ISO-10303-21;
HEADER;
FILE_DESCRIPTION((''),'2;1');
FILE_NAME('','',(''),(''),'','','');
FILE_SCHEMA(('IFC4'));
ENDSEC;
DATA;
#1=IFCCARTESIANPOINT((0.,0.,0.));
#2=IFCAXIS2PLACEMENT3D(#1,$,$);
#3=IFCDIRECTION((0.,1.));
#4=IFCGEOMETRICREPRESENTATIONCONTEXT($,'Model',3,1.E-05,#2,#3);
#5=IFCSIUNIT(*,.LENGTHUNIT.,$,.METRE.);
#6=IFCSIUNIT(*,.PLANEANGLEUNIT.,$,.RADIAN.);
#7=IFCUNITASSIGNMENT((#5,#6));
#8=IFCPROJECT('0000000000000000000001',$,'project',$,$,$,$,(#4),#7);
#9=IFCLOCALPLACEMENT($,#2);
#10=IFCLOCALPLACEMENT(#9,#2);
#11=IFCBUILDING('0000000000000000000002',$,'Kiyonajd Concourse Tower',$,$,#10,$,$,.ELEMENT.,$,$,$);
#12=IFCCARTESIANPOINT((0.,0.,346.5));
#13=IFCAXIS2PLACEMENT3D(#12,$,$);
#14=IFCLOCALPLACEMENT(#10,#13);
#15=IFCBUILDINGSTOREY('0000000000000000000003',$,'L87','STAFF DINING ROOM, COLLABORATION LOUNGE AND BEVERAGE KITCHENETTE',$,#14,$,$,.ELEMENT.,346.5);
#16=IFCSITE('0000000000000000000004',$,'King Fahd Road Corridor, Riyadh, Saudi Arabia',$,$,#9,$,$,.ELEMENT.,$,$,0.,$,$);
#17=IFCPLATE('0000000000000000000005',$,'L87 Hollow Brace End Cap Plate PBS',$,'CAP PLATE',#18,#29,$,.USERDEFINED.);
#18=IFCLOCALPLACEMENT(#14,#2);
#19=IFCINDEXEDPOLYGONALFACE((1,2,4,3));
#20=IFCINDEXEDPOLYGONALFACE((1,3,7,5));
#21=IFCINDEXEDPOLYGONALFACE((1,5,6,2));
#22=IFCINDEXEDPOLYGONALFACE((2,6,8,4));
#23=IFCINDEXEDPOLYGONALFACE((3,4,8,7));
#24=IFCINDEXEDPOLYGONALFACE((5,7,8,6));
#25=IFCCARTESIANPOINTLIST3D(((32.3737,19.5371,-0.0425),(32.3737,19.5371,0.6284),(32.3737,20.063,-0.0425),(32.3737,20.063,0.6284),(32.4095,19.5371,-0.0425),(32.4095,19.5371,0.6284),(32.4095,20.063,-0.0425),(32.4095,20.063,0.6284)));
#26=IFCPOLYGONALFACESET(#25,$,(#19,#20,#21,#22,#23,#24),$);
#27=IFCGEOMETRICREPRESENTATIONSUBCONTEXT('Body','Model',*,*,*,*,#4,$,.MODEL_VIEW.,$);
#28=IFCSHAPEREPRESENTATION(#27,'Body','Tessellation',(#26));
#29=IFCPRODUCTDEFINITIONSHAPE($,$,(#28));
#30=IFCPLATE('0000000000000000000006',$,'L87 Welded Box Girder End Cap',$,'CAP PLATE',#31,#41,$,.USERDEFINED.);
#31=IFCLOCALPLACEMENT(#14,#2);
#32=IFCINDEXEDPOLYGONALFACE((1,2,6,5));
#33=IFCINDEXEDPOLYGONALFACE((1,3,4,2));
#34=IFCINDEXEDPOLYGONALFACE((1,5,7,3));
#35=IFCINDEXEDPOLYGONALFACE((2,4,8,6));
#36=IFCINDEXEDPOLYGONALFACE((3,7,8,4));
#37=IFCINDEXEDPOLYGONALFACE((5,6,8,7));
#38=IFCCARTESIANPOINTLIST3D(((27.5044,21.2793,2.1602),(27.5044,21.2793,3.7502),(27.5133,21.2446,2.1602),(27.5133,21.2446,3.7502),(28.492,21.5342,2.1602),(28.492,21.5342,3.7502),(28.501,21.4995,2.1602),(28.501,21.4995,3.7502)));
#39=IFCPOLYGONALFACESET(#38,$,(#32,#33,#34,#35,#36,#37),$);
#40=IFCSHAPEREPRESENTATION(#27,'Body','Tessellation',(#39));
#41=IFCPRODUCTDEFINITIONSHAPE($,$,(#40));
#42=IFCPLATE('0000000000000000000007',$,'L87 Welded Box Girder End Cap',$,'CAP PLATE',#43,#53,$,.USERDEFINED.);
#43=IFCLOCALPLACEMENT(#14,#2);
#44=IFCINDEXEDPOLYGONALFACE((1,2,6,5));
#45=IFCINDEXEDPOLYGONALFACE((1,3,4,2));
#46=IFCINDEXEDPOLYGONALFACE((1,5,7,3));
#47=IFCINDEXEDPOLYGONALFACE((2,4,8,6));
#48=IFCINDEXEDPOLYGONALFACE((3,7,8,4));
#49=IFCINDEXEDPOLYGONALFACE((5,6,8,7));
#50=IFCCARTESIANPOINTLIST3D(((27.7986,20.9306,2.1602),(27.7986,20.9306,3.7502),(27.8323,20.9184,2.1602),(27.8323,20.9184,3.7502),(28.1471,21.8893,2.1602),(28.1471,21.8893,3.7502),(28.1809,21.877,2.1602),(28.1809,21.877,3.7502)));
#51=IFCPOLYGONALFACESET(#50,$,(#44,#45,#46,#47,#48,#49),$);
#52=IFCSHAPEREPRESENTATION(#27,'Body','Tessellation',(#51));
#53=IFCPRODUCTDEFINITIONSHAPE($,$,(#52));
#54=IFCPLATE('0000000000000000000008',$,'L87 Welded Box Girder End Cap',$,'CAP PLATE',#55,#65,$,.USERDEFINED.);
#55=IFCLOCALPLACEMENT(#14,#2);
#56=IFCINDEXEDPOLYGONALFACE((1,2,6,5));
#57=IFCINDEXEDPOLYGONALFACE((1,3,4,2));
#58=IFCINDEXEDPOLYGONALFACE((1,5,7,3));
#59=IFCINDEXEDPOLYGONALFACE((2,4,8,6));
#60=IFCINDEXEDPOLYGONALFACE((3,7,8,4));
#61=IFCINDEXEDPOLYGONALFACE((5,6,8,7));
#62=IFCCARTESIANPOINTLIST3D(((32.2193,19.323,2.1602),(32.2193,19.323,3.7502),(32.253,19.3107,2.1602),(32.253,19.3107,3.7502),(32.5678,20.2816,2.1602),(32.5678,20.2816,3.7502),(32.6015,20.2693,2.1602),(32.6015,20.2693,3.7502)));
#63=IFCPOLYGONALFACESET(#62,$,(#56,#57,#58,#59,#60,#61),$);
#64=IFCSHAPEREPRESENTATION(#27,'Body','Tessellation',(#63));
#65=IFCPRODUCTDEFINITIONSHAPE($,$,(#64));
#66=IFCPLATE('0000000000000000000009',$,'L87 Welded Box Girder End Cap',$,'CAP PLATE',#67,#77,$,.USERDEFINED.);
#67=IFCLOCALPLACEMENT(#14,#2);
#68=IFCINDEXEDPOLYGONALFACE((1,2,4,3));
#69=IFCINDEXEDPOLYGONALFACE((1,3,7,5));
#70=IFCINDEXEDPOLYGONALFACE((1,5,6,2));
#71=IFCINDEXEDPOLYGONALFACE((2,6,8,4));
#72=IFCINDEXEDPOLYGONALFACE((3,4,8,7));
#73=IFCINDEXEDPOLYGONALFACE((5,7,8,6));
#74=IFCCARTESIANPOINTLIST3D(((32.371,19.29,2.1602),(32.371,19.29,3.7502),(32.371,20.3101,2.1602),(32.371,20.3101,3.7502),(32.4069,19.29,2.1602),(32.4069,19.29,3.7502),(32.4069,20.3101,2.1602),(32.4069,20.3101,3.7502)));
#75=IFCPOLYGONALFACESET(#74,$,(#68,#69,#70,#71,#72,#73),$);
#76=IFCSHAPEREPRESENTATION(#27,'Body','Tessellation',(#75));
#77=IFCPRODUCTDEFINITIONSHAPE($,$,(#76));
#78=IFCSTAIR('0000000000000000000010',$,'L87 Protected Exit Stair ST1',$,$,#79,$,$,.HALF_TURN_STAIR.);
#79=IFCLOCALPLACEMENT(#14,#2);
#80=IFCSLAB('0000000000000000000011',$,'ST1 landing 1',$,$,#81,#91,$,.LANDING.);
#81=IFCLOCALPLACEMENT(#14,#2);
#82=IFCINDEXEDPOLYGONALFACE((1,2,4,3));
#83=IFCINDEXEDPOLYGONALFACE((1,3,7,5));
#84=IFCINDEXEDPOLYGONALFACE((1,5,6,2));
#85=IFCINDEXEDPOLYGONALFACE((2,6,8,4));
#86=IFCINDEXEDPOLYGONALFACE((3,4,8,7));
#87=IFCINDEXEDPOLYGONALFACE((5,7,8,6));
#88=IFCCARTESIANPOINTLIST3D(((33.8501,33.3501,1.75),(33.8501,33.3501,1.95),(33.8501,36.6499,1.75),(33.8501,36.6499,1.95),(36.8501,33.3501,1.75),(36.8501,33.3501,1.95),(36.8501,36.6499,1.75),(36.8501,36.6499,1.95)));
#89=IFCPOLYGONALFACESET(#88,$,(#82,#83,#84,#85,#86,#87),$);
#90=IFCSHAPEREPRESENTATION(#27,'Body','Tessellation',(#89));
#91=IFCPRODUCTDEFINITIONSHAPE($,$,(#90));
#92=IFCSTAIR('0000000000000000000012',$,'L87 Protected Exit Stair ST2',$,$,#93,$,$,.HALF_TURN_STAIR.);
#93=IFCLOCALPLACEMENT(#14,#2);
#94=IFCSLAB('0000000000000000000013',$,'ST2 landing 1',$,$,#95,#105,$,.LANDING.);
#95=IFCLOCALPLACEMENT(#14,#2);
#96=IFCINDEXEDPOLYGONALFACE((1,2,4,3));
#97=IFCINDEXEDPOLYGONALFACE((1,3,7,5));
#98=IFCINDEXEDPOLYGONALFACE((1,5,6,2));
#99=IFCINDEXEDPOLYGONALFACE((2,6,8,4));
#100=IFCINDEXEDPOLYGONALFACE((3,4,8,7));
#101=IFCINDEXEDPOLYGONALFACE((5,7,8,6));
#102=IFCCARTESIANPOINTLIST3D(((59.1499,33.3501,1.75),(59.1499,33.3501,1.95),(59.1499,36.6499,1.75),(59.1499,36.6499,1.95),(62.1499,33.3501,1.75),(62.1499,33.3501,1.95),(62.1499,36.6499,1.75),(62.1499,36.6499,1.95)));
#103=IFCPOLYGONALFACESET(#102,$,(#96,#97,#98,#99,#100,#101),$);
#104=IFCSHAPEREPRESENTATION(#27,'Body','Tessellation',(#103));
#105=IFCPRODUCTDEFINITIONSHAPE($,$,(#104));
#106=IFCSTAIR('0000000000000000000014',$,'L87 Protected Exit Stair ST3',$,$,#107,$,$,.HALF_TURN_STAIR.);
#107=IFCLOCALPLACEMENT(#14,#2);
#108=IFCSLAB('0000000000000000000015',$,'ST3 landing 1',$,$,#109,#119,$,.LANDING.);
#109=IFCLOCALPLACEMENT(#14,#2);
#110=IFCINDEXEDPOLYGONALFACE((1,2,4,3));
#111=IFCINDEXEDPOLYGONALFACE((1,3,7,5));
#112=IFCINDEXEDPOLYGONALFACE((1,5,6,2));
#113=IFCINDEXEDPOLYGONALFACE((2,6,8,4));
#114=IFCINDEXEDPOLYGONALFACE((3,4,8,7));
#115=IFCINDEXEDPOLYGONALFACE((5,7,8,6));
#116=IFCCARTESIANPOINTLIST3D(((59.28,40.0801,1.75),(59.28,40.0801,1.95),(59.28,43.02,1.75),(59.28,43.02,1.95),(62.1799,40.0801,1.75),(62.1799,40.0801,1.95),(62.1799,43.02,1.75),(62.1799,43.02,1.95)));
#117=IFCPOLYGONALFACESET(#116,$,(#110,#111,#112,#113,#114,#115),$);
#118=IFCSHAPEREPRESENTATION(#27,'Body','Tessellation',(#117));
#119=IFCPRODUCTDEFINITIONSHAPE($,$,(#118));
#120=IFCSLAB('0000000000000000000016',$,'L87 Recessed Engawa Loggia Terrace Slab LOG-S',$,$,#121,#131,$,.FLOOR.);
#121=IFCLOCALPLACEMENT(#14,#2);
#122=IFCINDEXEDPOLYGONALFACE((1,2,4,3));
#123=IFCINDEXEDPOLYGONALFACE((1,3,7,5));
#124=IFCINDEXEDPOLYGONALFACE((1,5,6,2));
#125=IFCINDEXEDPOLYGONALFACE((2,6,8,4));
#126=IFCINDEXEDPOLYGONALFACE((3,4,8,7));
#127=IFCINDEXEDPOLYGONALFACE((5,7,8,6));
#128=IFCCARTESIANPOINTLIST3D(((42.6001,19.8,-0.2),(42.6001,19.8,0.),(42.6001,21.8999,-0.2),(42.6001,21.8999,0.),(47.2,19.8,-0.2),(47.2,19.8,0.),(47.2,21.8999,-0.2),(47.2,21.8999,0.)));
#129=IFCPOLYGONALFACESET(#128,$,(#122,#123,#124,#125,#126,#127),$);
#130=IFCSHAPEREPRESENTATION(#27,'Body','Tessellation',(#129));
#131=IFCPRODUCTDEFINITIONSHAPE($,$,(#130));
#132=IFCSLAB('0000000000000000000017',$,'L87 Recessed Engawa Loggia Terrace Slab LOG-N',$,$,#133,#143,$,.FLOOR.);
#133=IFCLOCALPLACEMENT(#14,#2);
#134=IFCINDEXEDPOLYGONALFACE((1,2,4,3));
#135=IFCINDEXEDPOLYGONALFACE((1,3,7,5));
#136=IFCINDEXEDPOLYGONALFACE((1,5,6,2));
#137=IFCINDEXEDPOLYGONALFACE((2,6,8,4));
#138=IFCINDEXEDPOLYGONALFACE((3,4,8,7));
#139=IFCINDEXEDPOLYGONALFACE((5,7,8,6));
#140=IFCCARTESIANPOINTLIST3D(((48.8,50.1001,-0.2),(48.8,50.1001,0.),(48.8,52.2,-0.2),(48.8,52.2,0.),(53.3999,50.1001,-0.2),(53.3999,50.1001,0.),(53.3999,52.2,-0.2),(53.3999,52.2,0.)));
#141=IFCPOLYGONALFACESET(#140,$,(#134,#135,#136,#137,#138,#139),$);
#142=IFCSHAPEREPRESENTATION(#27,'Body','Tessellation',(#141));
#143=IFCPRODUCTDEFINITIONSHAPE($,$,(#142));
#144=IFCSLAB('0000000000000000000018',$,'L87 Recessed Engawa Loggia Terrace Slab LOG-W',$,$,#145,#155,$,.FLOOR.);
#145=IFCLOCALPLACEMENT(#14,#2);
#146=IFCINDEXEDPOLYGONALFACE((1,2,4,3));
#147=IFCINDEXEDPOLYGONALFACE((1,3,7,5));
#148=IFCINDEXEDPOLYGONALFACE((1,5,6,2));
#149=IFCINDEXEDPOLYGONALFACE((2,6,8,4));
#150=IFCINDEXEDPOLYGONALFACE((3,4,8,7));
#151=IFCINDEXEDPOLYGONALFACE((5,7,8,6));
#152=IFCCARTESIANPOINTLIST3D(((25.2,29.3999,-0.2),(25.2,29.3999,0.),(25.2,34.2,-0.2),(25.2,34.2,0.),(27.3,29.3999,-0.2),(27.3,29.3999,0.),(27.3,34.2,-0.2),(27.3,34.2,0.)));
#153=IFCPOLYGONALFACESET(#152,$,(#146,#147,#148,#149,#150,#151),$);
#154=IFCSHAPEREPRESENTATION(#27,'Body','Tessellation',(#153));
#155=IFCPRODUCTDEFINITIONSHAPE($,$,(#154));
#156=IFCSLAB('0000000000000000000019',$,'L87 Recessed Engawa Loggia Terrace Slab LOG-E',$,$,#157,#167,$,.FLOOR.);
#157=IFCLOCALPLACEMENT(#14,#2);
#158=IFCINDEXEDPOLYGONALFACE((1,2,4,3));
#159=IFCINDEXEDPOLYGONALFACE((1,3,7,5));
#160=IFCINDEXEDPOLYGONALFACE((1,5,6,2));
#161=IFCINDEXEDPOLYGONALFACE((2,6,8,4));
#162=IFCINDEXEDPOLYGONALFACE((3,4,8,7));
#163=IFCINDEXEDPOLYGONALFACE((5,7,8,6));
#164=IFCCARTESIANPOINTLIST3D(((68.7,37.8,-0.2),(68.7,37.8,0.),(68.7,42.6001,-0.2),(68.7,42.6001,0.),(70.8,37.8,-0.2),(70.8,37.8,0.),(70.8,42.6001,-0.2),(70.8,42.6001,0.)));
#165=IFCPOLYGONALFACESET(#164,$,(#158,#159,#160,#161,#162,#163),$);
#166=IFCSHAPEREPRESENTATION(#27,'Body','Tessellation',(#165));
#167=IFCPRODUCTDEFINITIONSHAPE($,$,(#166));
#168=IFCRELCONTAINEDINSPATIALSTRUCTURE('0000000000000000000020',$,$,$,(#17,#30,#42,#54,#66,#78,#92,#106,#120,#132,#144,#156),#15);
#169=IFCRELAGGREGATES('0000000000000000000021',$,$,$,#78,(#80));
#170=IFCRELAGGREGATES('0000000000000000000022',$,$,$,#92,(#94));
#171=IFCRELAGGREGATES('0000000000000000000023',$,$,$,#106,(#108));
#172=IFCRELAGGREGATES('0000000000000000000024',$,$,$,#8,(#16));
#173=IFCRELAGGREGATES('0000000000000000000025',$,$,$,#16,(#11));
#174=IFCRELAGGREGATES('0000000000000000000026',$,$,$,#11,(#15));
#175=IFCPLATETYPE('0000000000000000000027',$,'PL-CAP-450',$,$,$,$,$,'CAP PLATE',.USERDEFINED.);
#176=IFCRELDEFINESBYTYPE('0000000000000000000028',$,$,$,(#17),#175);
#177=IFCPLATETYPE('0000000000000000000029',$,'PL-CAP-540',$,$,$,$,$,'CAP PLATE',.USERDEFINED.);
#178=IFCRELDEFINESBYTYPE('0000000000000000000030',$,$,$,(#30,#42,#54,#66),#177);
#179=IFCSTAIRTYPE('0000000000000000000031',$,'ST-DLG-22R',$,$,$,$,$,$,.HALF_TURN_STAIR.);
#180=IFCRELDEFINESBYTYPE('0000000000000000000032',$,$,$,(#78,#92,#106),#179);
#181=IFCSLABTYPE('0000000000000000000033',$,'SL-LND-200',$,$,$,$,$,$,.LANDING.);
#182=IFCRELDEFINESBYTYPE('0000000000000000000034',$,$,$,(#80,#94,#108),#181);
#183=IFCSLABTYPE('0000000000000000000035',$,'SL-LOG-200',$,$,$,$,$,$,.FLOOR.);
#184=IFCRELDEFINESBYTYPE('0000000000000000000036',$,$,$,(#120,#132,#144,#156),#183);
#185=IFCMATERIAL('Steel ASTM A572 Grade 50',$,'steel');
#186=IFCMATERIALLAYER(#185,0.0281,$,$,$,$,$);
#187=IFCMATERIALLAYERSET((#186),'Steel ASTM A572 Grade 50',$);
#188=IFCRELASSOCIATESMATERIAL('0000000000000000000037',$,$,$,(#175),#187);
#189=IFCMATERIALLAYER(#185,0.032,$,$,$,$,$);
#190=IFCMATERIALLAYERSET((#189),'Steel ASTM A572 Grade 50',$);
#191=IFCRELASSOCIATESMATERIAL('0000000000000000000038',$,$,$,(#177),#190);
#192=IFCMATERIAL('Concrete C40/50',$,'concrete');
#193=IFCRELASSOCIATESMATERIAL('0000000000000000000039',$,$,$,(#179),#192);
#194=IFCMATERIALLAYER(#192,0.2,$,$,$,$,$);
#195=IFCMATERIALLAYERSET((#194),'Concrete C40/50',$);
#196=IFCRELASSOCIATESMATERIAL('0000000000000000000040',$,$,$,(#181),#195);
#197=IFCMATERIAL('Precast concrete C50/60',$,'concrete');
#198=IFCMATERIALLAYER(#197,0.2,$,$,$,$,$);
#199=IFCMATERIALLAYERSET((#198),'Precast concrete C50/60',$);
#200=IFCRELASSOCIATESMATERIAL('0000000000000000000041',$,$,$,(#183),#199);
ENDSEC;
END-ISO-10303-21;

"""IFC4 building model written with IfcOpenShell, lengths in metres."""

from ifc_helpers import new_model, si_unit, direction, frame, origin, origin_2d, place, context, subcontext, project, spatial, polyline, rectangle, outline, extrude, material, layer, layer_set, type_object, element, aggregate, save


model = new_model("IFC4")

# Units and contexts
model_context = context("Model", 3, precision=1e-05, world=origin(), true_north=direction((0.0, 1.0)))
body_context = subcontext(model_context, "Body", "Model", "MODEL_VIEW")
ifc_project = project(units=[si_unit("LENGTHUNIT", "METRE"), si_unit("PLANEANGLEUNIT", "RADIAN")], contexts=[model_context])

# Site, building, storey
site_placement = place(None, origin())
site = spatial("IfcSite", under=ifc_project, at=site_placement, Name="King Fahd Road Corridor, Riyadh, Saudi Arabia", CompositionType="ELEMENT", RefElevation=0.0)
building_placement = place(site_placement, origin())
building = spatial("IfcBuilding", under=site, at=building_placement, Name="Kiyonajd Concourse Tower", CompositionType="ELEMENT")
storey_placement = place(building_placement, frame((0.0, 0.0, 346.5)))
storey = spatial("IfcBuildingStorey", under=building, at=storey_placement, Name="L87", Description="STAFF DINING ROOM, COLLABORATION LOUNGE AND BEVERAGE KITCHENETTE", CompositionType="ELEMENT", Elevation=346.5)

# Shared definitions
ifc_material_1 = material(Name="Steel ASTM A572 Grade 50", Category="steel")

# Plates
ifc_layer_1 = layer(ifc_material_1, 0.0281)
ifc_layer_set_1 = layer_set([ifc_layer_1], Name="Steel ASTM A572 Grade 50")
plate_type_1 = type_object("IfcPlateType", Name="PL-CAP-450", ElementType="CAP PLATE", PredefinedType="USERDEFINED", material=ifc_layer_set_1)
plate_placement = place(storey_placement, frame((32.3916, 19.8, -0.0425), z_axis=(0.0, 0.0, 1.0), x_axis=(-1.0, 0.0, 0.0)))
element("IfcPlate", 1, at=plate_placement, inside=storey, type_object=plate_type_1, Name="L87 Hollow Brace End Cap Plate PBS", ObjectType="CAP PLATE", PredefinedType="USERDEFINED", context=body_context, shape_type="SweptSolid", body=[
    extrude(rectangle(XDim=0.0359, YDim=0.5259, at=origin_2d()), origin(), (0.0, 0.0, 1.0), 0.6709),
])
ifc_layer_2 = layer(ifc_material_1, 0.032)
ifc_layer_set_2 = layer_set([ifc_layer_2], Name="Steel ASTM A572 Grade 50")
plate_type_2 = type_object("IfcPlateType", Name="PL-CAP-540", ElementType="CAP PLATE", PredefinedType="USERDEFINED", material=ifc_layer_set_2)
for number, where, z_axis, x_axis, name in (
    (2, (28.0027, 21.3894, 2.1602), (0.0, 0.0, 1.0), (0.249873, -0.968279, 0.0), "L87 Welded Box Girder End Cap"),
    (3, (27.9897, 21.4038, 2.1602), (0.0, 0.0, 1.0), (-0.939812, 0.341692, 0.0), "L87 Welded Box Girder End Cap"),
    (4, (32.4104, 19.7961, 2.1602), (0.0, 0.0, 1.0), (0.939812, -0.341692, 0.0), "L87 Welded Box Girder End Cap"),
    (5, (32.3889, 19.8, 2.1602), (0.0, 0.0, 1.0), (-1.0, 0.0, 0.0), "L87 Welded Box Girder End Cap"),
):
    element("IfcPlate", number, at=place(storey_placement, frame(where, z_axis=z_axis, x_axis=x_axis)), inside=storey, type_object=plate_type_2, Name=name, ObjectType="CAP PLATE", PredefinedType="USERDEFINED", context=body_context, shape_type="SweptSolid", body=[
        extrude(rectangle(XDim=0.0359, YDim=1.02, at=origin_2d()), origin(), (0.0, 0.0, 1.0), 1.5901),
    ])

# Stairs, slabs
ifc_material_2 = material(Name="Concrete C40/50", Category="concrete")
stair_type = type_object("IfcStairType", Name="ST-DLG-22R", PredefinedType="HALF_TURN_STAIR", material=ifc_material_2)
stair_1_placement = place(storey_placement, origin())
stair_1 = element("IfcStair", 6, at=stair_1_placement, inside=storey, type_object=stair_type, Name="L87 Protected Exit Stair ST1", PredefinedType="HALF_TURN_STAIR")
ifc_layer_3 = layer(ifc_material_2, 0.2)
ifc_layer_set_3 = layer_set([ifc_layer_3], Name="Concrete C40/50")
slab_type_1 = type_object("IfcSlabType", Name="SL-LND-200", PredefinedType="LANDING", material=ifc_layer_set_3)
slab_1_placement = place(storey_placement, frame((0.0, 0.0, 1.75)))
slab_1 = element("IfcSlab", 7, at=slab_1_placement, type_object=slab_type_1, Name="ST1 landing 1", PredefinedType="LANDING", context=body_context, shape_type="SweptSolid", body=[
    extrude(outline(polyline([(36.8501, 33.3501), (36.8501, 36.6499), (33.8501, 36.6499), (33.8501, 33.3501), (36.8501, 33.3501)])), origin(), (0.0, 0.0, 1.0), 0.2),
])
aggregate(stair_1, [slab_1])
stair_2_placement = place(storey_placement, origin())
stair_2 = element("IfcStair", 8, at=stair_2_placement, inside=storey, type_object=stair_type, Name="L87 Protected Exit Stair ST2", PredefinedType="HALF_TURN_STAIR")
slab_2_placement = place(storey_placement, frame((0.0, 0.0, 1.75)))
slab_2 = element("IfcSlab", 9, at=slab_2_placement, type_object=slab_type_1, Name="ST2 landing 1", PredefinedType="LANDING", context=body_context, shape_type="SweptSolid", body=[
    extrude(outline(polyline([(62.1499, 33.3501), (62.1499, 36.6499), (59.1499, 36.6499), (59.1499, 33.3501), (62.1499, 33.3501)])), origin(), (0.0, 0.0, 1.0), 0.2),
])
aggregate(stair_2, [slab_2])
stair_3_placement = place(storey_placement, origin())
stair_3 = element("IfcStair", 10, at=stair_3_placement, inside=storey, type_object=stair_type, Name="L87 Protected Exit Stair ST3", PredefinedType="HALF_TURN_STAIR")
slab_3_placement = place(storey_placement, frame((0.0, 0.0, 1.75)))
slab_3 = element("IfcSlab", 11, at=slab_3_placement, type_object=slab_type_1, Name="ST3 landing 1", PredefinedType="LANDING", context=body_context, shape_type="SweptSolid", body=[
    extrude(outline(polyline([(59.28, 40.0801), (62.1799, 40.0801), (62.1799, 43.02), (59.28, 43.02), (59.28, 40.0801)])), origin(), (0.0, 0.0, 1.0), 0.2),
])
aggregate(stair_3, [slab_3])

# Slabs
ifc_material_3 = material(Name="Precast concrete C50/60", Category="concrete")
ifc_layer_4 = layer(ifc_material_3, 0.2)
ifc_layer_set_4 = layer_set([ifc_layer_4], Name="Precast concrete C50/60")
slab_type_2 = type_object("IfcSlabType", Name="SL-LOG-200", PredefinedType="FLOOR", material=ifc_layer_set_4)
slab_4_placement = place(storey_placement, frame((0.0, 0.0, -0.2)))
element("IfcSlab", 12, at=slab_4_placement, inside=storey, type_object=slab_type_2, Name="L87 Recessed Engawa Loggia Terrace Slab LOG-S", PredefinedType="FLOOR", context=body_context, shape_type="SweptSolid", body=[
    extrude(outline(polyline([(42.6001, 19.8), (47.2, 19.8), (47.2, 21.8999), (42.6001, 21.8999), (42.6001, 19.8)])), origin(), (0.0, 0.0, 1.0), 0.2),
])
slab_5_placement = place(storey_placement, frame((0.0, 0.0, -0.2)))
element("IfcSlab", 13, at=slab_5_placement, inside=storey, type_object=slab_type_2, Name="L87 Recessed Engawa Loggia Terrace Slab LOG-N", PredefinedType="FLOOR", context=body_context, shape_type="SweptSolid", body=[
    extrude(outline(polyline([(48.8, 50.1001), (53.3999, 50.1001), (53.3999, 52.2), (48.8, 52.2), (48.8, 50.1001)])), origin(), (0.0, 0.0, 1.0), 0.2),
])
slab_6_placement = place(storey_placement, frame((0.0, 0.0, -0.2)))
element("IfcSlab", 14, at=slab_6_placement, inside=storey, type_object=slab_type_2, Name="L87 Recessed Engawa Loggia Terrace Slab LOG-W", PredefinedType="FLOOR", context=body_context, shape_type="SweptSolid", body=[
    extrude(outline(polyline([(25.2, 29.3999), (27.3, 29.3999), (27.3, 34.2), (25.2, 34.2), (25.2, 29.3999)])), origin(), (0.0, 0.0, 1.0), 0.2),
])
slab_7_placement = place(storey_placement, frame((0.0, 0.0, -0.2)))
element("IfcSlab", 15, at=slab_7_placement, inside=storey, type_object=slab_type_2, Name="L87 Recessed Engawa Loggia Terrace Slab LOG-E", PredefinedType="FLOOR", context=body_context, shape_type="SweptSolid", body=[
    extrude(outline(polyline([(68.7, 37.8), (70.8, 37.8), (70.8, 42.6001), (68.7, 42.6001), (68.7, 37.8)])), origin(), (0.0, 0.0, 1.0), 0.2),
])

save(model, "model.ifc")
